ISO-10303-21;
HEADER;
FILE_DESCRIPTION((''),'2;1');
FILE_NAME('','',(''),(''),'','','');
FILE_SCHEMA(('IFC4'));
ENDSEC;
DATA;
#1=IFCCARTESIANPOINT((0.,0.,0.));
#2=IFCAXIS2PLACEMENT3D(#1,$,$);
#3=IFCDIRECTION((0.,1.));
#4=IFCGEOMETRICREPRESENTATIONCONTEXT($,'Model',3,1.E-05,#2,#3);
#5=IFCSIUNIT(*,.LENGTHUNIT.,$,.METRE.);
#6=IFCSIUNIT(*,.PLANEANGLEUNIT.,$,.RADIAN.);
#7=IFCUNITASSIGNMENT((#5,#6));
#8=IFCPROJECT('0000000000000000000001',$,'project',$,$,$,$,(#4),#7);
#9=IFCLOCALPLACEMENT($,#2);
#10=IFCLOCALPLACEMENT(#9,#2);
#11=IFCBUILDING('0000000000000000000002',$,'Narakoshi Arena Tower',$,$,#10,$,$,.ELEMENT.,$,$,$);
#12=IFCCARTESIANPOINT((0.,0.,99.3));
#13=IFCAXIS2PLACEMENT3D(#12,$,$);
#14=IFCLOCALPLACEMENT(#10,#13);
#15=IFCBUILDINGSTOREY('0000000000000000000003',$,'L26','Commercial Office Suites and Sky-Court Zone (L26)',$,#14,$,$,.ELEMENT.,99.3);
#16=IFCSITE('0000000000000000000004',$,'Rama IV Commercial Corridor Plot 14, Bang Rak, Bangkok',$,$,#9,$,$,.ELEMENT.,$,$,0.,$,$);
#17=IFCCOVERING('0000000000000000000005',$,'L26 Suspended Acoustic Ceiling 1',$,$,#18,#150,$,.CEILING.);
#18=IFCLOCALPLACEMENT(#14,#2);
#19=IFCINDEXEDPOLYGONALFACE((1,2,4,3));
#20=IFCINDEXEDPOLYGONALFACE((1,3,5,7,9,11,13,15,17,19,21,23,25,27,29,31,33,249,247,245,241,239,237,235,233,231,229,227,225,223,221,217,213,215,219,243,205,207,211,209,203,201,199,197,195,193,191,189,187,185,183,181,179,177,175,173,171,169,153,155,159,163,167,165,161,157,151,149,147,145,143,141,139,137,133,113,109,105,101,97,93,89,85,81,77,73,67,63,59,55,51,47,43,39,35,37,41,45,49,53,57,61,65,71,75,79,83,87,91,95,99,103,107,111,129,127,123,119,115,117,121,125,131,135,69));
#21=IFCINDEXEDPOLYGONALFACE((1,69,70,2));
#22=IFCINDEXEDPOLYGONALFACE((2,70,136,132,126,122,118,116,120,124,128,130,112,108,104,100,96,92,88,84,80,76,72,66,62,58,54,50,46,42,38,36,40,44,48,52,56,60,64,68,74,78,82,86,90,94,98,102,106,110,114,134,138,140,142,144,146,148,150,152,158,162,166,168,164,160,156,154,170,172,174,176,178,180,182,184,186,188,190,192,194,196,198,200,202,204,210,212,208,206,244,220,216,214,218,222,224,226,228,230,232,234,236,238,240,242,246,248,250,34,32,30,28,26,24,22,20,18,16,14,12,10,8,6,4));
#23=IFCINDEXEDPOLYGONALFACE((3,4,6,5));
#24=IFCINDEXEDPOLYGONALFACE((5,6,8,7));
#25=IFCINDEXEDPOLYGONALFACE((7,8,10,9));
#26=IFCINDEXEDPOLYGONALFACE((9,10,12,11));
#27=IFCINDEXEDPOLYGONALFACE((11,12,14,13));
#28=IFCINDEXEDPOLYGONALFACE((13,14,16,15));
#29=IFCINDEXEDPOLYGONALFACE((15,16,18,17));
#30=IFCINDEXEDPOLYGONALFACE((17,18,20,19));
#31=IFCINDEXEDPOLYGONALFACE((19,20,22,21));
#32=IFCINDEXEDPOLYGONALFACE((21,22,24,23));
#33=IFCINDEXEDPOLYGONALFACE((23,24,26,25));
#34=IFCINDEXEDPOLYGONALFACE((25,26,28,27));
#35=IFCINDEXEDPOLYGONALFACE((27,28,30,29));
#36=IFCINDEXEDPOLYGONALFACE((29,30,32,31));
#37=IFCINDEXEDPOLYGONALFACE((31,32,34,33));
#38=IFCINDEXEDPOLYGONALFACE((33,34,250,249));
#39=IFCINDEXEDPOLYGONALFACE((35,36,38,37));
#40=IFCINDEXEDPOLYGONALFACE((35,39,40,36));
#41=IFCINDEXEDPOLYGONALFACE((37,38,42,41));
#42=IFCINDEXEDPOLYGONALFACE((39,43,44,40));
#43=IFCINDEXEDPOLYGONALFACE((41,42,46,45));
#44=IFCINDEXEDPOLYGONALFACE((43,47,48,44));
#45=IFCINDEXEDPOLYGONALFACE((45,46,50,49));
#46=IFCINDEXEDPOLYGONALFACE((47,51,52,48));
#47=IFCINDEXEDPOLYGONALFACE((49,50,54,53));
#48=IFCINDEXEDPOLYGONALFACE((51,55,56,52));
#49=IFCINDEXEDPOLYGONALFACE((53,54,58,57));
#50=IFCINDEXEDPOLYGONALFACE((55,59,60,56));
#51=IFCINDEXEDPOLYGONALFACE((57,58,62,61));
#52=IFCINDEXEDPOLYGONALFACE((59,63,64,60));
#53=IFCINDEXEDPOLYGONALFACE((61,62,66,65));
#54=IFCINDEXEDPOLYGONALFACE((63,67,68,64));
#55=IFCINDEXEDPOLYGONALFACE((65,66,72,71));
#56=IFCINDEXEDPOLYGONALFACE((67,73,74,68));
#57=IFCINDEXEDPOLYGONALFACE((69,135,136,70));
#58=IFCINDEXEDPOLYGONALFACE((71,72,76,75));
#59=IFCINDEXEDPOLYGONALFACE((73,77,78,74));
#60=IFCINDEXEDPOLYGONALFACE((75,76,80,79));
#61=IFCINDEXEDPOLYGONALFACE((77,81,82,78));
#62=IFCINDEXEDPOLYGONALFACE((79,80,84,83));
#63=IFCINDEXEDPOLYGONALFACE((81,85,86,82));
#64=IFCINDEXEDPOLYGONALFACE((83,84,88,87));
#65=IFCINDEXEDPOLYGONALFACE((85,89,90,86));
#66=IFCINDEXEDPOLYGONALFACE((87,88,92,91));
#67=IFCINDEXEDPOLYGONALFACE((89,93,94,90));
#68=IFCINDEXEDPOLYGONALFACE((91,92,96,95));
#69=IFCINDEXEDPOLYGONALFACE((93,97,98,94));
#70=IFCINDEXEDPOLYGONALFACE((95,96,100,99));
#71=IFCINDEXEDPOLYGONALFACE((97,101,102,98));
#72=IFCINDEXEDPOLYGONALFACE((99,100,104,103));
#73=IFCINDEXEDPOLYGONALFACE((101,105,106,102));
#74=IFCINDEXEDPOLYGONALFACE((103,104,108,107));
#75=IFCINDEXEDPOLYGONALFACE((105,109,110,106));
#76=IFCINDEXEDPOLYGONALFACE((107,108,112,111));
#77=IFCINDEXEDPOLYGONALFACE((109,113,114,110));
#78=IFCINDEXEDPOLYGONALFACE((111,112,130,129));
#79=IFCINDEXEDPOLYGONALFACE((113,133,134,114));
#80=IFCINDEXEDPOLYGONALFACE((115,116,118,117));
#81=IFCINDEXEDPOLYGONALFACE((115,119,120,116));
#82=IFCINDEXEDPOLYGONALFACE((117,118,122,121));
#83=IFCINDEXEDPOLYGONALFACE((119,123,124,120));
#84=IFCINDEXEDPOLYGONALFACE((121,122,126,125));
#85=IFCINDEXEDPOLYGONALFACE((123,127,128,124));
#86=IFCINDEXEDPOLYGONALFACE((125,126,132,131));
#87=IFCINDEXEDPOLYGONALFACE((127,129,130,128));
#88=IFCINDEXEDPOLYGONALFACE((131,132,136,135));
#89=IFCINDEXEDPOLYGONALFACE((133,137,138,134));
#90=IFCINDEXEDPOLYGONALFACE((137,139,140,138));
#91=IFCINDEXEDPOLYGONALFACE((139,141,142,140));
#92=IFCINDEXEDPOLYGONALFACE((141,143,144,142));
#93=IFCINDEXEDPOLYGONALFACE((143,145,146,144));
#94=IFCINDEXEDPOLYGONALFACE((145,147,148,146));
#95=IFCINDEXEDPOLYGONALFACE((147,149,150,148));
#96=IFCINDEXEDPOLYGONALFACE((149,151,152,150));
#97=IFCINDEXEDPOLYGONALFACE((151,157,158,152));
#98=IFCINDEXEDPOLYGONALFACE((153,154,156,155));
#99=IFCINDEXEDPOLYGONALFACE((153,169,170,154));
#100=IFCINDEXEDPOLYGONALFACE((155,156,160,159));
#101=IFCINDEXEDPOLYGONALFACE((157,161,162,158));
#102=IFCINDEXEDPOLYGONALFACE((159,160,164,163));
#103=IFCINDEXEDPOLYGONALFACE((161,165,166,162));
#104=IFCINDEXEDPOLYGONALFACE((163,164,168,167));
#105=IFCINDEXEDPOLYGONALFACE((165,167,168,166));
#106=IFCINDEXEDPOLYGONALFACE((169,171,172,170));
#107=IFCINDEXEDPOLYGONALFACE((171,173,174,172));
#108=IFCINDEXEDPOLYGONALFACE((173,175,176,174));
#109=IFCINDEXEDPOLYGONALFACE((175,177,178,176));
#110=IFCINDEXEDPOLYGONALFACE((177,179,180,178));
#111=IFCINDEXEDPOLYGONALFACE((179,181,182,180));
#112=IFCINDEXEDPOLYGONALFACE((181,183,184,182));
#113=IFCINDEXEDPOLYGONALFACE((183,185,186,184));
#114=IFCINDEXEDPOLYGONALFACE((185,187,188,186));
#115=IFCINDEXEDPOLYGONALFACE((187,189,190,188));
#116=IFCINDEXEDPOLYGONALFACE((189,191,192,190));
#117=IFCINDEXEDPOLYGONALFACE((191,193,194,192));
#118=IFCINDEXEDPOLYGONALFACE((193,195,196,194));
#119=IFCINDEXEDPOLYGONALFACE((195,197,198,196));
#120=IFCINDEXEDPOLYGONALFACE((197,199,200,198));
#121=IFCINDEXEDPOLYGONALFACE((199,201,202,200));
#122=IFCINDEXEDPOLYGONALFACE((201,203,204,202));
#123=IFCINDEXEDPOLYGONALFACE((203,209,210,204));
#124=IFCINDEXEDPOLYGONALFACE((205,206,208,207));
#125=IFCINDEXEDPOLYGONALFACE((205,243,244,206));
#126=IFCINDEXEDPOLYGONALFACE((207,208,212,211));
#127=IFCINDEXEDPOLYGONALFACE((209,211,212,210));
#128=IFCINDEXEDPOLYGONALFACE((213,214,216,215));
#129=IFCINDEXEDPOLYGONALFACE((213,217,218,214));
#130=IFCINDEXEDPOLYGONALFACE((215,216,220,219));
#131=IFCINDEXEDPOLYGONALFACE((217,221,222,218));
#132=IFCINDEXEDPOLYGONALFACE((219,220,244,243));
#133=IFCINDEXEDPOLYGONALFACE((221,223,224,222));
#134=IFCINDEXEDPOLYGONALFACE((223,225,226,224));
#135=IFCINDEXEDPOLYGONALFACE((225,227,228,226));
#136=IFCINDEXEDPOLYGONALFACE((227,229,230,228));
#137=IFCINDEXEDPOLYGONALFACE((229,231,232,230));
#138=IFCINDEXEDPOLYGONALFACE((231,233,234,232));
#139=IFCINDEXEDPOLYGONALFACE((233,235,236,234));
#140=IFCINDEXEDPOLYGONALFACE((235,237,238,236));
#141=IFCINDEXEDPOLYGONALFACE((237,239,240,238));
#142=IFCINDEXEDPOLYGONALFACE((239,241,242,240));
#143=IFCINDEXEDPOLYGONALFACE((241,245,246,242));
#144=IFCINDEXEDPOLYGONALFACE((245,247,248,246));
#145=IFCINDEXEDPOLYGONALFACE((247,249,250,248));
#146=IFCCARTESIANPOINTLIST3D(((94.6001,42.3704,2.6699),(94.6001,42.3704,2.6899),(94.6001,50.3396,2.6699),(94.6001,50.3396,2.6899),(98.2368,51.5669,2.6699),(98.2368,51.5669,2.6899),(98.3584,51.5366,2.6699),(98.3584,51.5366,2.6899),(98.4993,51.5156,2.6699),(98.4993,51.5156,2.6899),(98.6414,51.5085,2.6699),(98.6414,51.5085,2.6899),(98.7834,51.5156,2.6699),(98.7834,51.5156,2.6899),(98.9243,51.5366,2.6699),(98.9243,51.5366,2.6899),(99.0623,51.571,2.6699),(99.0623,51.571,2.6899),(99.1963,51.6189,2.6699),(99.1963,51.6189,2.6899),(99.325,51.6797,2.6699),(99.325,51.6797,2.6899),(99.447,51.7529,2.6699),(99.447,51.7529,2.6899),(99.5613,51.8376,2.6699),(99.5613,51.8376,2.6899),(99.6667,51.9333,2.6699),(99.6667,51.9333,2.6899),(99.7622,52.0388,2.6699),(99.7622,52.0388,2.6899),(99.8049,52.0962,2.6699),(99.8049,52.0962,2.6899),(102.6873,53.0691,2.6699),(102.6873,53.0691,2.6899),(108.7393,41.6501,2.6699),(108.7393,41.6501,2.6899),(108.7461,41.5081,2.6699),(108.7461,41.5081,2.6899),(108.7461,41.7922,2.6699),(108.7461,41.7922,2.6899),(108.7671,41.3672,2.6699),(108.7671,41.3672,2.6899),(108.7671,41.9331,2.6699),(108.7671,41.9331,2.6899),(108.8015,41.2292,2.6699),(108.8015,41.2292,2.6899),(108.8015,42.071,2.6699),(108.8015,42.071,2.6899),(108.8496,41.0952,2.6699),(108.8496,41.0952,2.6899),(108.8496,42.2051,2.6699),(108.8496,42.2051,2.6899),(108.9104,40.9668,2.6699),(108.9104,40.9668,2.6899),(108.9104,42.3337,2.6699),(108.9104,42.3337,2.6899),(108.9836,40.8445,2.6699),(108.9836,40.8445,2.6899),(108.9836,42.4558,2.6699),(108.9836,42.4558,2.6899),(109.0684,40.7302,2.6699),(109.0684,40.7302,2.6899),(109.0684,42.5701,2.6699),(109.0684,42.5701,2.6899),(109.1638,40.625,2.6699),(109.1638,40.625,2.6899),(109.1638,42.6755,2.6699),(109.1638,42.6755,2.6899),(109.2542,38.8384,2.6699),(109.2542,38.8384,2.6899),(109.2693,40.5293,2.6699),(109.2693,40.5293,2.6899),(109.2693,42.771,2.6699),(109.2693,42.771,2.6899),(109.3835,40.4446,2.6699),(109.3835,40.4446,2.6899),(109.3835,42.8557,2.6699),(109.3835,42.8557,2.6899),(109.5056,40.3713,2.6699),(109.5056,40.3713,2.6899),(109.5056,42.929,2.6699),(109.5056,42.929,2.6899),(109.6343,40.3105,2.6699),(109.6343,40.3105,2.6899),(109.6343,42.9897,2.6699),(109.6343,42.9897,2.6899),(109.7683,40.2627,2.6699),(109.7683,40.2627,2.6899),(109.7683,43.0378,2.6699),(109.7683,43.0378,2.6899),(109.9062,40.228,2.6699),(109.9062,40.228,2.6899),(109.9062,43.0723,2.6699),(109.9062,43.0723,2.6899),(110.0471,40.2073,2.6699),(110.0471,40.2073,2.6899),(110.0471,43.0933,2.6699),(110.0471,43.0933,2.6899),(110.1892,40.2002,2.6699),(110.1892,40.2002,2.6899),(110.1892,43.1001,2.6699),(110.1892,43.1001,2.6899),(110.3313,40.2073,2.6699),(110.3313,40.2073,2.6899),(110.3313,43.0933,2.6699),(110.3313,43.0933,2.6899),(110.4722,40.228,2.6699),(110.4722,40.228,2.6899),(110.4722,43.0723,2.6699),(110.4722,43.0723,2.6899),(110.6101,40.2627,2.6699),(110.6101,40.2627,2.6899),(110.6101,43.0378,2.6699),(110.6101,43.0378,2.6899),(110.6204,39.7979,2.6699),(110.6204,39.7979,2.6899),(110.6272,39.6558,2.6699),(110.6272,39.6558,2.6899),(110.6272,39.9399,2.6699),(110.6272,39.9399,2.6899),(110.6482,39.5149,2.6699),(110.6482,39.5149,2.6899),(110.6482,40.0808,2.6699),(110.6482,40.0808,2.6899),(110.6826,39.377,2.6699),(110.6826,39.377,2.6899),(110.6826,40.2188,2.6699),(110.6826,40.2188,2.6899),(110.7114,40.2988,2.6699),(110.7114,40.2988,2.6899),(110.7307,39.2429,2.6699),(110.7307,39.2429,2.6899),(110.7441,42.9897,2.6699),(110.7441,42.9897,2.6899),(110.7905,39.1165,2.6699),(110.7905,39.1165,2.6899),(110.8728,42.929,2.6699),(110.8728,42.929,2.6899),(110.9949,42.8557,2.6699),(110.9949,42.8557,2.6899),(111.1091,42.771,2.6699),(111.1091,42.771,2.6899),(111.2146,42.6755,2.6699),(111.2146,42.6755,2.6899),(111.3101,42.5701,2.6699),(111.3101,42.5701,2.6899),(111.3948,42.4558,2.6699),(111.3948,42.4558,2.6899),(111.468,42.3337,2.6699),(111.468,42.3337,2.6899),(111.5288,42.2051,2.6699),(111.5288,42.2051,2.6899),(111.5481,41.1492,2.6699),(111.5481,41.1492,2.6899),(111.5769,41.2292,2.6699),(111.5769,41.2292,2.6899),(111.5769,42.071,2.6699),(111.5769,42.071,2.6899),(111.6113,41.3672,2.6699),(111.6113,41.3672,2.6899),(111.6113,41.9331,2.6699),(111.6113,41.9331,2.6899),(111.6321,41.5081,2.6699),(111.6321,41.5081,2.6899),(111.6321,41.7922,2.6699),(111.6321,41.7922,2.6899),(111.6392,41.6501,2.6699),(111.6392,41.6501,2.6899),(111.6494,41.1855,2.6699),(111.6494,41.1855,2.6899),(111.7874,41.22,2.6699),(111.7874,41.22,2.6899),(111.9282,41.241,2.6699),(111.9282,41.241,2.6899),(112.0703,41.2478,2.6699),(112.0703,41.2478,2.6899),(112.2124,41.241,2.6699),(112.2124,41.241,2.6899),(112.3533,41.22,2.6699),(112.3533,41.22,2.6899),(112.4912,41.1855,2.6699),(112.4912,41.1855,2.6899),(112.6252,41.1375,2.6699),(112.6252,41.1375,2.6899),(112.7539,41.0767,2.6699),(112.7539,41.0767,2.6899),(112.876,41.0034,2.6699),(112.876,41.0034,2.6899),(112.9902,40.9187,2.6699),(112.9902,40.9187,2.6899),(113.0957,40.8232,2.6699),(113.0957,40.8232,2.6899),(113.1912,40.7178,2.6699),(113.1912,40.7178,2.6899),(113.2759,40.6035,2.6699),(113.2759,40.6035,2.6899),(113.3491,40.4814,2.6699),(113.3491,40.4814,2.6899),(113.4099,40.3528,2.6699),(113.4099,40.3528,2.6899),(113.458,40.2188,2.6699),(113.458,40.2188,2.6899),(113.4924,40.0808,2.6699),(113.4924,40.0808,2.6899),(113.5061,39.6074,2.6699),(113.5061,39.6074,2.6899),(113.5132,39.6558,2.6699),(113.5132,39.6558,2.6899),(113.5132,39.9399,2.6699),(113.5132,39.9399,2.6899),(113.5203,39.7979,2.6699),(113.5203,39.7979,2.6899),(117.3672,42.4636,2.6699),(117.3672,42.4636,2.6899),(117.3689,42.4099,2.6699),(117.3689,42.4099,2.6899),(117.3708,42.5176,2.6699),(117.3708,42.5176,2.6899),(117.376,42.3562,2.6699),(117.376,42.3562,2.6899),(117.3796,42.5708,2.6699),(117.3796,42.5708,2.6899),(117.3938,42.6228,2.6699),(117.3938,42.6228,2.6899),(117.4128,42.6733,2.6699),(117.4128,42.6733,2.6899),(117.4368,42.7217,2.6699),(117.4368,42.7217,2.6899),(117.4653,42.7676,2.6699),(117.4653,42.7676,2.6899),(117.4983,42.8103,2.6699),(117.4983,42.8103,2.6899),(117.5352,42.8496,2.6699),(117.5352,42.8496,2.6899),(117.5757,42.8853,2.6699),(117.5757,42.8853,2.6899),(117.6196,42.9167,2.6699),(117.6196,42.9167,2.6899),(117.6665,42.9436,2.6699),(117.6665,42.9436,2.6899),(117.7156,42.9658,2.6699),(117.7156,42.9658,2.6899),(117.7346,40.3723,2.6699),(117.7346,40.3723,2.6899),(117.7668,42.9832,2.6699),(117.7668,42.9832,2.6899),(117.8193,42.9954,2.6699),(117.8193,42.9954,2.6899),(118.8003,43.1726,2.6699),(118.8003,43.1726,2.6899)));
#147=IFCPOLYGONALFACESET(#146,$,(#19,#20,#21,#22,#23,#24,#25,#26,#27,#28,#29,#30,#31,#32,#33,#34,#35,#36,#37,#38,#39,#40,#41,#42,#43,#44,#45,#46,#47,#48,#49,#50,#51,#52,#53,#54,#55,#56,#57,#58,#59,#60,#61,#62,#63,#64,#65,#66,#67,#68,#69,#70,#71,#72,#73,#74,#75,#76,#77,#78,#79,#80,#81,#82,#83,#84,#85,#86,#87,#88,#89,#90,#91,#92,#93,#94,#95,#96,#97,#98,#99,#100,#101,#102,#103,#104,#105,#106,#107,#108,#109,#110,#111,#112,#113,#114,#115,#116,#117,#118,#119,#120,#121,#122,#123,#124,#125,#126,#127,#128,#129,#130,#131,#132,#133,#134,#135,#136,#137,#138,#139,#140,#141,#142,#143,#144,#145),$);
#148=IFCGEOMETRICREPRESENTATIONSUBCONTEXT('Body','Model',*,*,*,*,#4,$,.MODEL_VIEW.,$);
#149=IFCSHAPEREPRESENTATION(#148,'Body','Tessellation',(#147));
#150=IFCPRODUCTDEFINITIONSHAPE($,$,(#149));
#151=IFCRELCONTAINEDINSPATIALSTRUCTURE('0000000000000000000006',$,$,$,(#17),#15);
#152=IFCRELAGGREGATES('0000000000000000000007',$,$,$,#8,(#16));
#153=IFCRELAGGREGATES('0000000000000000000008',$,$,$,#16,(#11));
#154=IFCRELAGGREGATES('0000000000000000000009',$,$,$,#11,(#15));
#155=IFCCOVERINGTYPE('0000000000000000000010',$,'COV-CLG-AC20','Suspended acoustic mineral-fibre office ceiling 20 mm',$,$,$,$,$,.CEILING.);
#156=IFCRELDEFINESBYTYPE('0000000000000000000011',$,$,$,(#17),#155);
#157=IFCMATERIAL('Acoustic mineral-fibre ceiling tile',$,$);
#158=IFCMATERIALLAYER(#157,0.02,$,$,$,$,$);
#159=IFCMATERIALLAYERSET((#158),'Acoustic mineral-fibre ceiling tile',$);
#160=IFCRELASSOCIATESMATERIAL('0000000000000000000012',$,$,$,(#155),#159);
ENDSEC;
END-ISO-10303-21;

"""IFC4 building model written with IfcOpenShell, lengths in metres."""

from ifc_helpers import new_model, si_unit, direction, frame, origin, place, context, subcontext, project, spatial, polyline, outline, extrude, material, layer, layer_set, type_object, element, save


model = new_model("IFC4")

# Units and contexts
model_context = context("Model", 3, precision=1e-05, world=origin(), true_north=direction((0.0, 1.0)))
body_context = subcontext(model_context, "Body", "Model", "MODEL_VIEW")
ifc_project = project(units=[si_unit("LENGTHUNIT", "METRE"), si_unit("PLANEANGLEUNIT", "RADIAN")], contexts=[model_context])

# Site, building, storey
site_placement = place(None, origin())
site = spatial("IfcSite", under=ifc_project, at=site_placement, Name="Rama IV Commercial Corridor Plot 14, Bang Rak, Bangkok", CompositionType="ELEMENT", RefElevation=0.0)
building_placement = place(site_placement, origin())
building = spatial("IfcBuilding", under=site, at=building_placement, Name="Narakoshi Arena Tower", CompositionType="ELEMENT")
storey_placement = place(building_placement, frame((0.0, 0.0, 99.3)))
storey = spatial("IfcBuildingStorey", under=building, at=storey_placement, Name="L26", Description="Commercial Office Suites and Sky-Court Zone (L26)", CompositionType="ELEMENT", Elevation=99.3)

# Covering
ifc_material_1 = material(Name="Acoustic mineral-fibre ceiling tile")
ifc_layer_1 = layer(ifc_material_1, 0.02)
ifc_layer_set_1 = layer_set([ifc_layer_1], Name="Acoustic mineral-fibre ceiling tile")
covering_type_1 = type_object("IfcCoveringType", Name="COV-CLG-AC20", Description="Suspended acoustic mineral-fibre office ceiling 20 mm", PredefinedType="CEILING", material=ifc_layer_set_1)
covering_1_placement = place(storey_placement, frame((0.0, 0.0, 2.6699)))
element("IfcCovering", 1, at=covering_1_placement, inside=storey, type_object=covering_type_1, Name="L26 Suspended Acoustic Ceiling 1", PredefinedType="CEILING", context=body_context, shape_type="SweptSolid", body=[
    extrude(outline(polyline([(117.8193, 42.9954), (117.7668, 42.9832), (117.7156, 42.9658), (117.6665, 42.9436), (117.6196, 42.9167), (117.5757, 42.8853), (117.5352, 42.8496), (117.4983, 42.8103), (117.4653, 42.7676), (117.4368, 42.7217), (117.4128, 42.6733), (117.3938, 42.6228), (117.3796, 42.5708), (117.3708, 42.5176), (117.3672, 42.4636), (117.3689, 42.4099), (117.376, 42.3562), (117.7346, 40.3723), (113.5061, 39.6074), (113.5132, 39.6558), (113.5203, 39.7979), (113.5132, 39.9399), (113.4924, 40.0808), (113.458, 40.2188), (113.4099, 40.3528), (113.3491, 40.4814), (113.2759, 40.6035), (113.1912, 40.7178), (113.0957, 40.8232), (112.9902, 40.9187), (112.876, 41.0034), (112.7539, 41.0767), (112.6252, 41.1375), (112.4912, 41.1855), (112.3533, 41.22), (112.2124, 41.241), (112.0703, 41.2478), (111.9282, 41.241), (111.7874, 41.22), (111.6494, 41.1855), (111.5481, 41.1492), (111.5769, 41.2292), (111.6113, 41.3672), (111.6321, 41.5081), (111.6392, 41.6501), (111.6321, 41.7922), (111.6113, 41.9331), (111.5769, 42.071), (111.5288, 42.2051), (111.468, 42.3337), (111.3948, 42.4558), (111.3101, 42.5701), (111.2146, 42.6755), (111.1091, 42.771), (110.9949, 42.8557), (110.8728, 42.929), (110.7441, 42.9897), (110.6101, 43.0378), (110.4722, 43.0723), (110.3313, 43.0933), (110.1892, 43.1001), (110.0471, 43.0933), (109.9062, 43.0723), (109.7683, 43.0378), (109.6343, 42.9897), (109.5056, 42.929), (109.3835, 42.8557), (109.2693, 42.771), (109.1638, 42.6755), (109.0684, 42.5701), (108.9836, 42.4558), (108.9104, 42.3337), (108.8496, 42.2051), (108.8015, 42.071), (108.7671, 41.9331), (108.7461, 41.7922), (108.7393, 41.6501), (108.7461, 41.5081), (108.7671, 41.3672), (108.8015, 41.2292), (108.8496, 41.0952), (108.9104, 40.9668), (108.9836, 40.8445), (109.0684, 40.7302), (109.1638, 40.625), (109.2693, 40.5293), (109.3835, 40.4446), (109.5056, 40.3713), (109.6343, 40.3105), (109.7683, 40.2627), (109.9062, 40.228), (110.0471, 40.2073), (110.1892, 40.2002), (110.3313, 40.2073), (110.4722, 40.228), (110.6101, 40.2627), (110.7114, 40.2988), (110.6826, 40.2188), (110.6482, 40.0808), (110.6272, 39.9399), (110.6204, 39.7979), (110.6272, 39.6558), (110.6482, 39.5149), (110.6826, 39.377), (110.7307, 39.2429), (110.7905, 39.1165), (109.2542, 38.8384), (94.6001, 42.3704), (94.6001, 50.3396), (98.2368, 51.5669), (98.3584, 51.5366), (98.4993, 51.5156), (98.6414, 51.5085), (98.7834, 51.5156), (98.9243, 51.5366), (99.0623, 51.571), (99.1963, 51.6189), (99.325, 51.6797), (99.447, 51.7529), (99.5613, 51.8376), (99.6667, 51.9333), (99.7622, 52.0388), (99.8049, 52.0962), (102.6873, 53.0691), (118.8003, 43.1726), (117.8193, 42.9954)])), origin(), (0.0, 0.0, 1.0), 0.02),
])

save(model, "model.ifc")
